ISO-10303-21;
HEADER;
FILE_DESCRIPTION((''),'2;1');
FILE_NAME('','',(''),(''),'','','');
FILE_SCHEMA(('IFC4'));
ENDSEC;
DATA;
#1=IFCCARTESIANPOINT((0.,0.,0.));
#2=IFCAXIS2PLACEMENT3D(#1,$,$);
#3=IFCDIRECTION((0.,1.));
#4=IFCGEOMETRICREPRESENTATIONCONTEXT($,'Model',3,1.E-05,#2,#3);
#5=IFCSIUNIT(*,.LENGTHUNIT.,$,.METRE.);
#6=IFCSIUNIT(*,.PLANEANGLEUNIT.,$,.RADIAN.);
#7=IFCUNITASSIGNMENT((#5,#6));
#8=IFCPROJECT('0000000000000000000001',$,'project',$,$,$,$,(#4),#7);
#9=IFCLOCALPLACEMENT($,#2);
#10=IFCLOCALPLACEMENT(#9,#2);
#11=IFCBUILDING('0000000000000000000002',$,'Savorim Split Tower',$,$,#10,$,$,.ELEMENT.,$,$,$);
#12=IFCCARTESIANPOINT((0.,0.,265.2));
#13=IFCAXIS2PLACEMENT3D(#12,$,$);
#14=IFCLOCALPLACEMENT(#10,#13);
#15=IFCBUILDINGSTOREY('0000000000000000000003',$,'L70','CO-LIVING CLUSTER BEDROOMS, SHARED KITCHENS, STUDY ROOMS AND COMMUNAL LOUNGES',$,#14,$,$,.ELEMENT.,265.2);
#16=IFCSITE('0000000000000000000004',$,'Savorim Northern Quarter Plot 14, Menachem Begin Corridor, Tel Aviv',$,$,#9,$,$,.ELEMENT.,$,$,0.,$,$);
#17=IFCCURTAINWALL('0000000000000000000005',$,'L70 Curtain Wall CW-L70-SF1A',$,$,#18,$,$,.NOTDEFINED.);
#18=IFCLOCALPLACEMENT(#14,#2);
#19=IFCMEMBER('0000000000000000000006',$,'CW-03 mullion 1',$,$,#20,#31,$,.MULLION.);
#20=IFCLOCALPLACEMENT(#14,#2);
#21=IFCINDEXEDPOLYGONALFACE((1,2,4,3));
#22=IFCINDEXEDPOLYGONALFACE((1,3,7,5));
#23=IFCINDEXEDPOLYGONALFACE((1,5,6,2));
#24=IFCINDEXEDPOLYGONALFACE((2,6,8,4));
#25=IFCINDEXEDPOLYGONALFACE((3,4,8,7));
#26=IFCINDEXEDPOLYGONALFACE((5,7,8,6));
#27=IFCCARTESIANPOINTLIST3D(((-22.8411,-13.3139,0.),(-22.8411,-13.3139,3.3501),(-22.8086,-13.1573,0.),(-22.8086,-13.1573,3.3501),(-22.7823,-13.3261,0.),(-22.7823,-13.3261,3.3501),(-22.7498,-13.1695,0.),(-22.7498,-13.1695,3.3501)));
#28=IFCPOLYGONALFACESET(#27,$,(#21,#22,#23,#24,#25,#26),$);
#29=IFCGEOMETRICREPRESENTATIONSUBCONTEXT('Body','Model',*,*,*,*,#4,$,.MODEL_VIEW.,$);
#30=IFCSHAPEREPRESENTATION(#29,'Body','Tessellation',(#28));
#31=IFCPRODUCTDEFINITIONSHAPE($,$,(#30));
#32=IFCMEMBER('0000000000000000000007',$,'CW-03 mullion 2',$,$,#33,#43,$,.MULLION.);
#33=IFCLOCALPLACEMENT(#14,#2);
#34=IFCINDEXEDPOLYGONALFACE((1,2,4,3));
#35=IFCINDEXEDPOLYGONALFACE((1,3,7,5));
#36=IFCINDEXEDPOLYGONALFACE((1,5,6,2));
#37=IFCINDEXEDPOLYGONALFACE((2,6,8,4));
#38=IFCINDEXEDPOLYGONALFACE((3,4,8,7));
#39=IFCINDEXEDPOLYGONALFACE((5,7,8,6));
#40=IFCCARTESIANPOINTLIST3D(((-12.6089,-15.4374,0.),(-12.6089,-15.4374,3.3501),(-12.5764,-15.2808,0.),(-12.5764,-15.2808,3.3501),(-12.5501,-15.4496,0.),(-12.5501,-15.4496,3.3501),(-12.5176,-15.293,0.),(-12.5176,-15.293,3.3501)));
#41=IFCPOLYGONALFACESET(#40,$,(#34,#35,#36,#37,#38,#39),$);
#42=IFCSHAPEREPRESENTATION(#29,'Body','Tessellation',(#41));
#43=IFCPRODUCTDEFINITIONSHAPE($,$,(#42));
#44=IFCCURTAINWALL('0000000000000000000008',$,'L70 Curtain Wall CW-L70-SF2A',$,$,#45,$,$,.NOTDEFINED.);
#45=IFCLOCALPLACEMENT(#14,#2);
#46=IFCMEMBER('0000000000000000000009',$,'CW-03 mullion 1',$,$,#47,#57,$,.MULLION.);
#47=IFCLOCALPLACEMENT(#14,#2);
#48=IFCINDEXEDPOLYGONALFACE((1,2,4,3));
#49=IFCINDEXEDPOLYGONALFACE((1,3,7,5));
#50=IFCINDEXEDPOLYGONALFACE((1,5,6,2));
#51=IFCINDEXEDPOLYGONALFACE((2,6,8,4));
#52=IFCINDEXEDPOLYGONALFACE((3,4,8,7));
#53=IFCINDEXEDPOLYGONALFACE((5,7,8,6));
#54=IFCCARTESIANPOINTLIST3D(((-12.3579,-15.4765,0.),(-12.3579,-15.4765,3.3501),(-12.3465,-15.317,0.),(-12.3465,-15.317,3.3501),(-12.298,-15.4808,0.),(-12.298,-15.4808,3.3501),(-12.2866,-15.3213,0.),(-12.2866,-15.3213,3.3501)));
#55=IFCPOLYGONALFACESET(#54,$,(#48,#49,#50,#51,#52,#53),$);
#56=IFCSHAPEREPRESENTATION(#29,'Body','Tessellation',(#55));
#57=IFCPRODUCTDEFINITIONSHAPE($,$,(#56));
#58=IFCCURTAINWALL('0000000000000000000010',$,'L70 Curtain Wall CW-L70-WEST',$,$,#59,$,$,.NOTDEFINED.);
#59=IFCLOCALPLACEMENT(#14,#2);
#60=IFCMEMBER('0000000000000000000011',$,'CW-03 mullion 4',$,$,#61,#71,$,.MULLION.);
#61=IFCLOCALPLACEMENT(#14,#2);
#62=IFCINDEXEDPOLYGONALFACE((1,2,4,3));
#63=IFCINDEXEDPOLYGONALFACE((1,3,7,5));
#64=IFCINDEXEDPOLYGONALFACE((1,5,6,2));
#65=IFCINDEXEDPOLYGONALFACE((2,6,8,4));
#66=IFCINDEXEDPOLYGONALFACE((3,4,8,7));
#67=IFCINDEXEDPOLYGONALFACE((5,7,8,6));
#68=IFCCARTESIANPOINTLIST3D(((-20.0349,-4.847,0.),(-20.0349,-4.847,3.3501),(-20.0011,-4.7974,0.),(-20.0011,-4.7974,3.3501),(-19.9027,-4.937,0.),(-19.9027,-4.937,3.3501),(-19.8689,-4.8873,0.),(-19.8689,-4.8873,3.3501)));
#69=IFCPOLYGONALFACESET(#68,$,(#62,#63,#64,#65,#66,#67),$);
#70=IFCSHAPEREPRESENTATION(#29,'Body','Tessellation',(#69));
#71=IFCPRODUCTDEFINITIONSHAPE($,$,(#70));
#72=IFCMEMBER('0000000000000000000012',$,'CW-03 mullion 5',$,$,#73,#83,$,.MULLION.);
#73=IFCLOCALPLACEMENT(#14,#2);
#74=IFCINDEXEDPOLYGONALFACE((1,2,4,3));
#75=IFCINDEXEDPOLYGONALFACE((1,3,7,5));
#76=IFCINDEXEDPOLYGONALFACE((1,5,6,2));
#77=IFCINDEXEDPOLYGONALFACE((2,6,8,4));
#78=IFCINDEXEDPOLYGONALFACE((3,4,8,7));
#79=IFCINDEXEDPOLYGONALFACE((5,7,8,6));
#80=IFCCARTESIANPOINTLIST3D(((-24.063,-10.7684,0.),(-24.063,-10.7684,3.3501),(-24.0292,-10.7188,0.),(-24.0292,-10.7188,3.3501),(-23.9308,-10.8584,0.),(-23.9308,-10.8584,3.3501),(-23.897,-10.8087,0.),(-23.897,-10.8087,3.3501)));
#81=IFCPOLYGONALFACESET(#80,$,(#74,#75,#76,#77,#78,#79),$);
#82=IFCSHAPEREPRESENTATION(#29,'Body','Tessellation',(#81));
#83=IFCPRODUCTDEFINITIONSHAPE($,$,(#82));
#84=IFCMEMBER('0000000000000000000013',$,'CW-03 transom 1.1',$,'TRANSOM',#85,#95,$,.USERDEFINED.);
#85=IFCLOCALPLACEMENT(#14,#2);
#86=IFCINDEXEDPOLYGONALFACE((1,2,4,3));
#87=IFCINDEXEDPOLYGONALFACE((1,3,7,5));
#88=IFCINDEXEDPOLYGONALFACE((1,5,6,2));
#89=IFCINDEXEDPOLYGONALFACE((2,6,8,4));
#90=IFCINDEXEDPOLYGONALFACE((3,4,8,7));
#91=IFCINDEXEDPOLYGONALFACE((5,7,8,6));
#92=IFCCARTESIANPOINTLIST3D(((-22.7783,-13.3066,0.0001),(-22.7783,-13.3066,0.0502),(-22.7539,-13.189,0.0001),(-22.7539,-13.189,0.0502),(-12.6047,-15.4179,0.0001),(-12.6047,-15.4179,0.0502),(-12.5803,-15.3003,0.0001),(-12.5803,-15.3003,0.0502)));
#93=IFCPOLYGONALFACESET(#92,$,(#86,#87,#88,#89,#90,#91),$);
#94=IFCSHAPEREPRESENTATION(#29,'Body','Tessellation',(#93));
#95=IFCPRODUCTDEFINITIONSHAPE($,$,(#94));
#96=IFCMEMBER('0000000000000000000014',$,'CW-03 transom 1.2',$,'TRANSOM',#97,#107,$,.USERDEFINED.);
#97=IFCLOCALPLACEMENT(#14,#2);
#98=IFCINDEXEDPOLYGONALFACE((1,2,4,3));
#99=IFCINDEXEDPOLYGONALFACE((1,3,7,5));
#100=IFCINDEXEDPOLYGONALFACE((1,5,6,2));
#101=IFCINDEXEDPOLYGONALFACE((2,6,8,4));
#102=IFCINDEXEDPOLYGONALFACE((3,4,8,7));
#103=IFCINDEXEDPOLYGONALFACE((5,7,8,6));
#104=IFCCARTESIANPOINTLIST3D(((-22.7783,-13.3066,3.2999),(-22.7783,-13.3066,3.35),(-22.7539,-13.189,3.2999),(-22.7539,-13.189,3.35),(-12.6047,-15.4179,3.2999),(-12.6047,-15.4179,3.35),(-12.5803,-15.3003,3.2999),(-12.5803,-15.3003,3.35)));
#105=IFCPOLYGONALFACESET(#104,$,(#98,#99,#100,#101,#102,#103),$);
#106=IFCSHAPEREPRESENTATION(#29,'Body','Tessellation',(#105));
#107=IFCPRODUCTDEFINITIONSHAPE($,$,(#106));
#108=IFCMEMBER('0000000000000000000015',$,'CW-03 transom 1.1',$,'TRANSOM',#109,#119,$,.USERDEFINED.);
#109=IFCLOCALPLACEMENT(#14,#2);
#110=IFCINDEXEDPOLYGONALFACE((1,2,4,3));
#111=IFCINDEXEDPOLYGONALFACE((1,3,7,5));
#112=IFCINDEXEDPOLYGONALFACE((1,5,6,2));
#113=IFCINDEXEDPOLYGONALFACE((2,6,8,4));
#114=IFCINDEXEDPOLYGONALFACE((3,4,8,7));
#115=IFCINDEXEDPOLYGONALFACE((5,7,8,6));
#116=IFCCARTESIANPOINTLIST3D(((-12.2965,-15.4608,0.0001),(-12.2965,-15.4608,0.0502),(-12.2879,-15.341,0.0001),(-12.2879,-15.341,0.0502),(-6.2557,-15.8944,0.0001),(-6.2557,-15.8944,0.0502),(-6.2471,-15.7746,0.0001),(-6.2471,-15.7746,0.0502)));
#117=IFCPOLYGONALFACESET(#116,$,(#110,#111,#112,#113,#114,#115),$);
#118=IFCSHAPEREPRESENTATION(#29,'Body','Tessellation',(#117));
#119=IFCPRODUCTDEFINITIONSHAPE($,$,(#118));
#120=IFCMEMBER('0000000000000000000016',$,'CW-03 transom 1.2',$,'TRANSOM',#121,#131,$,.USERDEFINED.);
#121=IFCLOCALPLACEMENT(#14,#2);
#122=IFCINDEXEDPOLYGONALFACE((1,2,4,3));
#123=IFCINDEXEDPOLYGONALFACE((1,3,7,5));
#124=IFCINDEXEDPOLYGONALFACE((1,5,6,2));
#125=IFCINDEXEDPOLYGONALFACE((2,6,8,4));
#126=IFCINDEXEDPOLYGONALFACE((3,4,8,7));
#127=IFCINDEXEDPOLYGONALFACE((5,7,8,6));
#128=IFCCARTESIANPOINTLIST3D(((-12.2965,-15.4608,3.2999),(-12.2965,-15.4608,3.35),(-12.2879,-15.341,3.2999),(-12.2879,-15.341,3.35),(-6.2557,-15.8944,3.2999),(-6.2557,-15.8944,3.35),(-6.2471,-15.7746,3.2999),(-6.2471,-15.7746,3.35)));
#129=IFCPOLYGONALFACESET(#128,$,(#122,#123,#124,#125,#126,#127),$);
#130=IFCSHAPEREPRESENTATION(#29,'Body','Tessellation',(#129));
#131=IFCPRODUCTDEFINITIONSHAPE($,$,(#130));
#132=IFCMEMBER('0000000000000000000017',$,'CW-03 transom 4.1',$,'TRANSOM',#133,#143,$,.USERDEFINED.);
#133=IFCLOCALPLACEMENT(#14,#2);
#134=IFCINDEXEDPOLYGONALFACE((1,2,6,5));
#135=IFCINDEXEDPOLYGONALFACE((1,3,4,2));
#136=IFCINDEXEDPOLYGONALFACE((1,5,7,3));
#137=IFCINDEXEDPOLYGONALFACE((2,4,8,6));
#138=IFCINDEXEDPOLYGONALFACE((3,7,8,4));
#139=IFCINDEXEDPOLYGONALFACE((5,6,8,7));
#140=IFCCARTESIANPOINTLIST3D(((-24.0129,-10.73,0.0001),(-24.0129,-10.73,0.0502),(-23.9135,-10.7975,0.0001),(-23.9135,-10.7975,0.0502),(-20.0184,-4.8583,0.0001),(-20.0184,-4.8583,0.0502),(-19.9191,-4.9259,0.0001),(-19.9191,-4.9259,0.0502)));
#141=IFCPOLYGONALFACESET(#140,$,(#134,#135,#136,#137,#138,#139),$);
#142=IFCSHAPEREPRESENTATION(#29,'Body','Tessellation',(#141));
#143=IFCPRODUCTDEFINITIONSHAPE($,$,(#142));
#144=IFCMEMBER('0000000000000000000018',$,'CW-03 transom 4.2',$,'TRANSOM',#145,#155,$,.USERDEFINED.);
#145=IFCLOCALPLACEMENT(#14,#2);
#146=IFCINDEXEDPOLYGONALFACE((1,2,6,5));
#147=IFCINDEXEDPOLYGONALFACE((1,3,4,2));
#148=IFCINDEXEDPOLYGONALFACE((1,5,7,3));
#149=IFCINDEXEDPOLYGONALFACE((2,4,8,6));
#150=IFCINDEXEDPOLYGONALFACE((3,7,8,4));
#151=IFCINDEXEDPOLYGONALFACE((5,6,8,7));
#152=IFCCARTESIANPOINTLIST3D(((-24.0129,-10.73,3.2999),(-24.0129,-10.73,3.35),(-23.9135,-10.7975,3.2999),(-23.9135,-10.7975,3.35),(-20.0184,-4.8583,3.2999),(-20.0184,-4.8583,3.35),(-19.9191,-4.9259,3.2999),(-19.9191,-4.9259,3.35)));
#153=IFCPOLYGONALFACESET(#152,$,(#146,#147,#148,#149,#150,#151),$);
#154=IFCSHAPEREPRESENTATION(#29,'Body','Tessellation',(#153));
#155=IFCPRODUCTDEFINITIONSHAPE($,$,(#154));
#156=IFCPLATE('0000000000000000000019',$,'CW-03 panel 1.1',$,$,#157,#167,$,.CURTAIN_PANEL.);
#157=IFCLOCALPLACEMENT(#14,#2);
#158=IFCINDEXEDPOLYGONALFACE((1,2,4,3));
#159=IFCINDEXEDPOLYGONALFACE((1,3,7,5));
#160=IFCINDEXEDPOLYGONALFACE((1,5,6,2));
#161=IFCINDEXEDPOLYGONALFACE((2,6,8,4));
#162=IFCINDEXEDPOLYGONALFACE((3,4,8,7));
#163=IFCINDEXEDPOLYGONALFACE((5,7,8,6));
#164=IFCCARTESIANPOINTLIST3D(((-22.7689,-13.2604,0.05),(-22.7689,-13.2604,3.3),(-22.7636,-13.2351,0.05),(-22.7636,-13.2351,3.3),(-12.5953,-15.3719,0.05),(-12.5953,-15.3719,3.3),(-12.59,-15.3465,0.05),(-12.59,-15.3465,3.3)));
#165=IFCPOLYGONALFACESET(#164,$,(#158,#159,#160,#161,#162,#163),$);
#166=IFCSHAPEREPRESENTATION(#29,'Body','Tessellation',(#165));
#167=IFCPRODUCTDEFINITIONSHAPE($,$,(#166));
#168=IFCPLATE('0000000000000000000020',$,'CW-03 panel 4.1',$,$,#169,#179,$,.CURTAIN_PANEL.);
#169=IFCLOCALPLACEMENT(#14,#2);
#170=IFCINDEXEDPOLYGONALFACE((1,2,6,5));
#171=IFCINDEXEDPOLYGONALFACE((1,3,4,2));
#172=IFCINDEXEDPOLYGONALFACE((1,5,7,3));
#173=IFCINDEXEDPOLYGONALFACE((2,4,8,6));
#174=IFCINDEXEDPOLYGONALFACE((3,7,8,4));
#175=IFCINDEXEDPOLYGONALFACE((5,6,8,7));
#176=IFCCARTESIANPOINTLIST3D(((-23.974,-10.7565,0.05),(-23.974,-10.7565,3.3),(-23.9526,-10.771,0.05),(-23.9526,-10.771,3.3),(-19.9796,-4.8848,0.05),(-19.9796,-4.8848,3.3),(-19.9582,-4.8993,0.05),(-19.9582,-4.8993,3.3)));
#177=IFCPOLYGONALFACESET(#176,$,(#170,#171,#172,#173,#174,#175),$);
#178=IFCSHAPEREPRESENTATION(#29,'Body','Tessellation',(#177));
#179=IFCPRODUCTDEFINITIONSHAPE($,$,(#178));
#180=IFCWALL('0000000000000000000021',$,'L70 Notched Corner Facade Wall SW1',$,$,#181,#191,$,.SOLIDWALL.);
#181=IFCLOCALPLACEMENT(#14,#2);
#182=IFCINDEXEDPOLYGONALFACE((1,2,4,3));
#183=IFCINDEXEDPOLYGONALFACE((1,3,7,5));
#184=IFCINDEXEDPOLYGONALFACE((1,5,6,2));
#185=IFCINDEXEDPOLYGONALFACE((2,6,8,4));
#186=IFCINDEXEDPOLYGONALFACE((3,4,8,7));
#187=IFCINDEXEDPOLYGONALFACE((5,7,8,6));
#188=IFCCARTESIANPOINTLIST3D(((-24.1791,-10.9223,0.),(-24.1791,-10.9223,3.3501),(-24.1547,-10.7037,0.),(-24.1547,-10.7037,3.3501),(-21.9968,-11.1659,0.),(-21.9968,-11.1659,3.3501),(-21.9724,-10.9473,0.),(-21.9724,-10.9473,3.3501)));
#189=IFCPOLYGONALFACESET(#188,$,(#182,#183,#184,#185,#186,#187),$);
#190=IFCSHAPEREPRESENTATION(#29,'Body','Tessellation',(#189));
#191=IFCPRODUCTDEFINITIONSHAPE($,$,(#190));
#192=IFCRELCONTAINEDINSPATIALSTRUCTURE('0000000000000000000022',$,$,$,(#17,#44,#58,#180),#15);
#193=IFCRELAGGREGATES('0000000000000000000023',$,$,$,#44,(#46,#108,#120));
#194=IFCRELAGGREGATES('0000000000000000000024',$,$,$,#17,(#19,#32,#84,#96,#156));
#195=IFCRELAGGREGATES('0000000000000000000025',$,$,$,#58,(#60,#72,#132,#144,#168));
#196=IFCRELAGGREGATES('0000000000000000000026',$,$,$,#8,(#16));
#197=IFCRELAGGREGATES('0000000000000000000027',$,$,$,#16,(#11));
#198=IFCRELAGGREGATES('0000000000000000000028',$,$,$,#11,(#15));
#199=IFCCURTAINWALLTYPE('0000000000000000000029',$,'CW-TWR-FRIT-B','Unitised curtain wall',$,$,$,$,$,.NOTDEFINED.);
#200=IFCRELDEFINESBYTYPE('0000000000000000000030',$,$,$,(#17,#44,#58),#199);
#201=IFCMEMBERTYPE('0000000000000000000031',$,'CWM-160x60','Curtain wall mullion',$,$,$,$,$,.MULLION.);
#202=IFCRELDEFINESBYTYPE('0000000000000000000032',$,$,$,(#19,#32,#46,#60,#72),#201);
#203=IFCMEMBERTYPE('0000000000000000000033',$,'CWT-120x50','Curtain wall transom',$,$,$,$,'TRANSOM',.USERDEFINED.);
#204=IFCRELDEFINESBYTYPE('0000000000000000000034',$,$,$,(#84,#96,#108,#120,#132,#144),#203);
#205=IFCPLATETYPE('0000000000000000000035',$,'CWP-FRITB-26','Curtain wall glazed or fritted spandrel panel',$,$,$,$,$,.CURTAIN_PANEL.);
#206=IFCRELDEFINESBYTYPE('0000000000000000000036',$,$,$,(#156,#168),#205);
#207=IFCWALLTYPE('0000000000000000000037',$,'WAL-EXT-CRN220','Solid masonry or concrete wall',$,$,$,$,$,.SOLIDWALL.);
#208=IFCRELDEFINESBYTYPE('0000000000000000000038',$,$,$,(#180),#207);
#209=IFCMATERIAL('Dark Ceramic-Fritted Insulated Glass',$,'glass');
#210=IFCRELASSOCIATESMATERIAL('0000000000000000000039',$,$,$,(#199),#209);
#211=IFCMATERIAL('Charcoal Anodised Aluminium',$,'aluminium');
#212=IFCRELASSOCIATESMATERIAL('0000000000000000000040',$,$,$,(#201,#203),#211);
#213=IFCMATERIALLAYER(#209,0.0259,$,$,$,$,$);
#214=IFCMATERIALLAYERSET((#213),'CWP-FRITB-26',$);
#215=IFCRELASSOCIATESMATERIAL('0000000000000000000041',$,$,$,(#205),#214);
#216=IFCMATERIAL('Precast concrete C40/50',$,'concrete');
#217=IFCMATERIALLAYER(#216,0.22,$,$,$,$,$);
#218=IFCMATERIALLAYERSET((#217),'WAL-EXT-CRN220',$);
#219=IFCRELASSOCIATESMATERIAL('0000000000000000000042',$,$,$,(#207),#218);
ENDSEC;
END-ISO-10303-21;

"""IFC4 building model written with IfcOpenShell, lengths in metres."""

from ifc_helpers import new_model, si_unit, direction, frame, frame_2d, origin, origin_2d, place, context, subcontext, project, spatial, rectangle, extrude, material, layer, layer_set, material_profile, profile_set, type_object, element, aggregate, save


model = new_model("IFC4")

# Units and contexts
model_context = context("Model", 3, precision=1e-05, world=origin(), true_north=direction((0.0, 1.0)))
body_context = subcontext(model_context, "Body", "Model", "MODEL_VIEW")
ifc_project = project(units=[si_unit("LENGTHUNIT", "METRE"), si_unit("PLANEANGLEUNIT", "RADIAN")], contexts=[model_context])

# Site, building, storey
site_placement = place(None, origin())
site = spatial("IfcSite", under=ifc_project, at=site_placement, Name="Savorim Northern Quarter Plot 14, Menachem Begin Corridor, Tel Aviv", CompositionType="ELEMENT", RefElevation=0.0)
building_placement = place(site_placement, origin())
building = spatial("IfcBuilding", under=site, at=building_placement, Name="Savorim Split Tower", CompositionType="ELEMENT")
storey_placement = place(building_placement, frame((0.0, 0.0, 265.2)))
storey = spatial("IfcBuildingStorey", under=building, at=storey_placement, Name="L70", Description="CO-LIVING CLUSTER BEDROOMS, SHARED KITCHENS, STUDY ROOMS AND COMMUNAL LOUNGES", CompositionType="ELEMENT", Elevation=265.2)

# Curtain wall, members
ifc_material_1 = material(Name="Dark Ceramic-Fritted Insulated Glass", Category="glass")
curtain_wall_type = type_object("IfcCurtainWallType", Name="CW-TWR-FRIT-B", Description="Unitised curtain wall", PredefinedType="NOTDEFINED", material=ifc_material_1)
curtain_wall_1_placement = place(storey_placement, origin())
curtain_wall_1 = element("IfcCurtainWall", 1, at=curtain_wall_1_placement, inside=storey, type_object=curtain_wall_type, Name="L70 Curtain Wall CW-L70-SF1A", PredefinedType="NOTDEFINED")
ifc_material_2 = material(Name="Charcoal Anodised Aluminium", Category="aluminium")
ifc_material_profile_1 = material_profile(ifc_material_2, rectangle(XDim=0.1599, YDim=0.0601, at=origin_2d()), Name="ALU-M 160x60")
ifc_profile_set_1 = profile_set([ifc_material_profile_1], Name="Charcoal Anodised Aluminium")
member_type_1 = type_object("IfcMemberType", Name="CWM-160x60", Description="Curtain wall mullion", PredefinedType="MULLION", material=ifc_profile_set_1)
member_1_placement = place(storey_placement, frame((-22.7954, -13.2417, 0.0), z_axis=(0.0, 0.0, 1.0), x_axis=(0.20321, 0.979135, 0.0)))
member_1 = element("IfcMember", 2, at=member_1_placement, type_object=member_type_1, Name="CW-03 mullion 1", PredefinedType="MULLION", context=body_context, shape_type="SweptSolid", body=[
    extrude(rectangle(XDim=0.1599, YDim=0.0601, at=origin_2d()), origin(), (0.0, 0.0, 1.0), 3.3501),
])
member_2_placement = place(storey_placement, frame((-12.5632, -15.3652, 0.0), z_axis=(0.0, 0.0, 1.0), x_axis=(0.20321, 0.979135, 0.0)))
member_2 = element("IfcMember", 3, at=member_2_placement, type_object=member_type_1, Name="CW-03 mullion 2", PredefinedType="MULLION", context=body_context, shape_type="SweptSolid", body=[
    extrude(rectangle(XDim=0.1599, YDim=0.0601, at=origin_2d()), origin(), (0.0, 0.0, 1.0), 3.3501),
])

# Curtain wall, member
curtain_wall_2_placement = place(storey_placement, origin())
curtain_wall_2 = element("IfcCurtainWall", 4, at=curtain_wall_2_placement, inside=storey, type_object=curtain_wall_type, Name="L70 Curtain Wall CW-L70-SF2A", PredefinedType="NOTDEFINED")
member_3_placement = place(storey_placement, frame((-12.3223, -15.3989, 0.0), z_axis=(0.0, 0.0, 1.0), x_axis=(0.071564, 0.997436, 0.0)))
member_3 = element("IfcMember", 5, at=member_3_placement, type_object=member_type_1, Name="CW-03 mullion 1", PredefinedType="MULLION", context=body_context, shape_type="SweptSolid", body=[
    extrude(rectangle(XDim=0.1599, YDim=0.0601, at=origin_2d()), origin(), (0.0, 0.0, 1.0), 3.3501),
])

# Curtain wall, members
curtain_wall_3_placement = place(storey_placement, origin())
curtain_wall_3 = element("IfcCurtainWall", 6, at=curtain_wall_3_placement, inside=storey, type_object=curtain_wall_type, Name="L70 Curtain Wall CW-L70-WEST", PredefinedType="NOTDEFINED")
member_4_placement = place(storey_placement, frame((-19.9519, -4.8672, 0.0), z_axis=(0.0, 0.0, 1.0), x_axis=(0.826817, -0.56247, 0.0)))
member_4 = element("IfcMember", 7, at=member_4_placement, type_object=member_type_1, Name="CW-03 mullion 4", PredefinedType="MULLION", context=body_context, shape_type="SweptSolid", body=[
    extrude(rectangle(XDim=0.1599, YDim=0.0601, at=origin_2d()), origin(), (0.0, 0.0, 1.0), 3.3501),
])
member_5_placement = place(storey_placement, frame((-23.98, -10.7886, 0.0), z_axis=(0.0, 0.0, 1.0), x_axis=(0.826817, -0.56247, 0.0)))
member_5 = element("IfcMember", 8, at=member_5_placement, type_object=member_type_1, Name="CW-03 mullion 5", PredefinedType="MULLION", context=body_context, shape_type="SweptSolid", body=[
    extrude(rectangle(XDim=0.1599, YDim=0.0601, at=origin_2d()), origin(), (0.0, 0.0, 1.0), 3.3501),
])

# Members
ifc_material_profile_2 = material_profile(ifc_material_2, rectangle(XDim=0.1201, YDim=0.05, at=origin_2d()), Name="ALU-T 120x50")
ifc_profile_set_2 = profile_set([ifc_material_profile_2], Name="Charcoal Anodised Aluminium")
member_type_2 = type_object("IfcMemberType", Name="CWT-120x50", Description="Curtain wall transom", ElementType="TRANSOM", PredefinedType="USERDEFINED", material=ifc_profile_set_2)
member_6_placement = place(storey_placement, frame((-22.7661, -13.2478, 0.0251), z_axis=(0.979137, -0.203201, 0.0), x_axis=(0.203201, 0.979137, 0.0)))
member_6 = element("IfcMember", 9, at=member_6_placement, type_object=member_type_2, Name="CW-03 transom 1.1", ObjectType="TRANSOM", PredefinedType="USERDEFINED", context=body_context, shape_type="SweptSolid", body=[
    extrude(rectangle(XDim=0.1201, YDim=0.05, at=origin_2d()), origin(), (0.0, 0.0, 1.0), 10.3904),
])
member_7_placement = place(storey_placement, frame((-22.7661, -13.2478, 3.325), z_axis=(0.979137, -0.203201, 0.0), x_axis=(0.203201, 0.979137, 0.0)))
member_7 = element("IfcMember", 10, at=member_7_placement, type_object=member_type_2, Name="CW-03 transom 1.2", ObjectType="TRANSOM", PredefinedType="USERDEFINED", context=body_context, shape_type="SweptSolid", body=[
    extrude(rectangle(XDim=0.1201, YDim=0.05, at=origin_2d()), origin(), (0.0, 0.0, 1.0), 10.3904),
])
member_8_placement = place(storey_placement, frame((-12.2922, -15.4009, 0.0251), z_axis=(0.997434, -0.071594, 0.0), x_axis=(0.071594, 0.997434, 0.0)))
member_8 = element("IfcMember", 11, at=member_8_placement, type_object=member_type_2, Name="CW-03 transom 1.1", ObjectType="TRANSOM", PredefinedType="USERDEFINED", context=body_context, shape_type="SweptSolid", body=[
    extrude(rectangle(XDim=0.1201, YDim=0.05, at=origin_2d()), origin(), (0.0, 0.0, 1.0), 6.0564),
])
member_9_placement = place(storey_placement, frame((-12.2922, -15.4009, 3.325), z_axis=(0.997434, -0.071594, 0.0), x_axis=(0.071594, 0.997434, 0.0)))
member_9 = element("IfcMember", 12, at=member_9_placement, type_object=member_type_2, Name="CW-03 transom 1.2", ObjectType="TRANSOM", PredefinedType="USERDEFINED", context=body_context, shape_type="SweptSolid", body=[
    extrude(rectangle(XDim=0.1201, YDim=0.05, at=origin_2d()), origin(), (0.0, 0.0, 1.0), 6.0564),
])
aggregate(curtain_wall_2, [member_3, member_8, member_9])
member_10_placement = place(storey_placement, frame((-19.9688, -4.8921, 0.0251), z_axis=(-0.562475, -0.826815, 0.0), x_axis=(0.826815, -0.562475, 0.0)))
member_10 = element("IfcMember", 13, at=member_10_placement, type_object=member_type_2, Name="CW-03 transom 4.1", ObjectType="TRANSOM", PredefinedType="USERDEFINED", context=body_context, shape_type="SweptSolid", body=[
    extrude(rectangle(XDim=0.1201, YDim=0.05, at=origin_2d()), origin(), (0.0, 0.0, 1.0), 7.1016),
])
member_11_placement = place(storey_placement, frame((-19.9688, -4.8921, 3.325), z_axis=(-0.562475, -0.826815, 0.0), x_axis=(0.826815, -0.562475, 0.0)))
member_11 = element("IfcMember", 14, at=member_11_placement, type_object=member_type_2, Name="CW-03 transom 4.2", ObjectType="TRANSOM", PredefinedType="USERDEFINED", context=body_context, shape_type="SweptSolid", body=[
    extrude(rectangle(XDim=0.1201, YDim=0.05, at=origin_2d()), origin(), (0.0, 0.0, 1.0), 7.1016),
])

# Plates
ifc_layer_1 = layer(ifc_material_1, 0.0259)
ifc_layer_set_1 = layer_set([ifc_layer_1], Name="CWP-FRITB-26")
plate_type = type_object("IfcPlateType", Name="CWP-FRITB-26", Description="Curtain wall glazed or fritted spandrel panel", PredefinedType="CURTAIN_PANEL", material=ifc_layer_set_1)
plate_1_placement = place(storey_placement, frame((-17.6794, -14.3035, 0.05), z_axis=(0.0, 0.0, 1.0), x_axis=(0.979135, -0.20321, 0.0)))
plate_1 = element("IfcPlate", 15, at=plate_1_placement, type_object=plate_type, Name="CW-03 panel 1.1", PredefinedType="CURTAIN_PANEL", context=body_context, shape_type="SweptSolid", body=[
    extrude(rectangle(XDim=10.3904, YDim=0.0259, at=origin_2d()), origin(), (0.0, 0.0, 1.0), 3.25),
])
aggregate(curtain_wall_1, [member_1, member_2, member_6, member_7, plate_1])
plate_2_placement = place(storey_placement, frame((-21.9661, -7.8279, 0.05), z_axis=(0.0, 0.0, 1.0), x_axis=(-0.56247, -0.826817, 0.0)))
plate_2 = element("IfcPlate", 16, at=plate_2_placement, type_object=plate_type, Name="CW-03 panel 4.1", PredefinedType="CURTAIN_PANEL", context=body_context, shape_type="SweptSolid", body=[
    extrude(rectangle(XDim=7.1016, YDim=0.0259, at=origin_2d()), origin(), (0.0, 0.0, 1.0), 3.25),
])
aggregate(curtain_wall_3, [member_4, member_5, member_10, member_11, plate_2])

# Wall
ifc_material_3 = material(Name="Precast concrete C40/50", Category="concrete")
ifc_layer_2 = layer(ifc_material_3, 0.22)
ifc_layer_set_2 = layer_set([ifc_layer_2], Name="WAL-EXT-CRN220")
wall_type_1 = type_object("IfcWallType", Name="WAL-EXT-CRN220", Description="Solid masonry or concrete wall", PredefinedType="SOLIDWALL", material=ifc_layer_set_2)
wall_1_placement = place(storey_placement, frame((-21.9846, -11.0566, 0.0), z_axis=(0.0, 0.0, 1.0), x_axis=(-0.993824, 0.110968, 0.0)))
element("IfcWall", 17, at=wall_1_placement, inside=storey, type_object=wall_type_1, Name="L70 Notched Corner Facade Wall SW1", PredefinedType="SOLIDWALL", context=body_context, shape_type="SweptSolid", body=[
    extrude(rectangle(XDim=2.1958, YDim=0.22, at=frame_2d((1.0979, 0.0))), origin(), (0.0, 0.0, 1.0), 3.3501),
])

save(model, "model.ifc")
